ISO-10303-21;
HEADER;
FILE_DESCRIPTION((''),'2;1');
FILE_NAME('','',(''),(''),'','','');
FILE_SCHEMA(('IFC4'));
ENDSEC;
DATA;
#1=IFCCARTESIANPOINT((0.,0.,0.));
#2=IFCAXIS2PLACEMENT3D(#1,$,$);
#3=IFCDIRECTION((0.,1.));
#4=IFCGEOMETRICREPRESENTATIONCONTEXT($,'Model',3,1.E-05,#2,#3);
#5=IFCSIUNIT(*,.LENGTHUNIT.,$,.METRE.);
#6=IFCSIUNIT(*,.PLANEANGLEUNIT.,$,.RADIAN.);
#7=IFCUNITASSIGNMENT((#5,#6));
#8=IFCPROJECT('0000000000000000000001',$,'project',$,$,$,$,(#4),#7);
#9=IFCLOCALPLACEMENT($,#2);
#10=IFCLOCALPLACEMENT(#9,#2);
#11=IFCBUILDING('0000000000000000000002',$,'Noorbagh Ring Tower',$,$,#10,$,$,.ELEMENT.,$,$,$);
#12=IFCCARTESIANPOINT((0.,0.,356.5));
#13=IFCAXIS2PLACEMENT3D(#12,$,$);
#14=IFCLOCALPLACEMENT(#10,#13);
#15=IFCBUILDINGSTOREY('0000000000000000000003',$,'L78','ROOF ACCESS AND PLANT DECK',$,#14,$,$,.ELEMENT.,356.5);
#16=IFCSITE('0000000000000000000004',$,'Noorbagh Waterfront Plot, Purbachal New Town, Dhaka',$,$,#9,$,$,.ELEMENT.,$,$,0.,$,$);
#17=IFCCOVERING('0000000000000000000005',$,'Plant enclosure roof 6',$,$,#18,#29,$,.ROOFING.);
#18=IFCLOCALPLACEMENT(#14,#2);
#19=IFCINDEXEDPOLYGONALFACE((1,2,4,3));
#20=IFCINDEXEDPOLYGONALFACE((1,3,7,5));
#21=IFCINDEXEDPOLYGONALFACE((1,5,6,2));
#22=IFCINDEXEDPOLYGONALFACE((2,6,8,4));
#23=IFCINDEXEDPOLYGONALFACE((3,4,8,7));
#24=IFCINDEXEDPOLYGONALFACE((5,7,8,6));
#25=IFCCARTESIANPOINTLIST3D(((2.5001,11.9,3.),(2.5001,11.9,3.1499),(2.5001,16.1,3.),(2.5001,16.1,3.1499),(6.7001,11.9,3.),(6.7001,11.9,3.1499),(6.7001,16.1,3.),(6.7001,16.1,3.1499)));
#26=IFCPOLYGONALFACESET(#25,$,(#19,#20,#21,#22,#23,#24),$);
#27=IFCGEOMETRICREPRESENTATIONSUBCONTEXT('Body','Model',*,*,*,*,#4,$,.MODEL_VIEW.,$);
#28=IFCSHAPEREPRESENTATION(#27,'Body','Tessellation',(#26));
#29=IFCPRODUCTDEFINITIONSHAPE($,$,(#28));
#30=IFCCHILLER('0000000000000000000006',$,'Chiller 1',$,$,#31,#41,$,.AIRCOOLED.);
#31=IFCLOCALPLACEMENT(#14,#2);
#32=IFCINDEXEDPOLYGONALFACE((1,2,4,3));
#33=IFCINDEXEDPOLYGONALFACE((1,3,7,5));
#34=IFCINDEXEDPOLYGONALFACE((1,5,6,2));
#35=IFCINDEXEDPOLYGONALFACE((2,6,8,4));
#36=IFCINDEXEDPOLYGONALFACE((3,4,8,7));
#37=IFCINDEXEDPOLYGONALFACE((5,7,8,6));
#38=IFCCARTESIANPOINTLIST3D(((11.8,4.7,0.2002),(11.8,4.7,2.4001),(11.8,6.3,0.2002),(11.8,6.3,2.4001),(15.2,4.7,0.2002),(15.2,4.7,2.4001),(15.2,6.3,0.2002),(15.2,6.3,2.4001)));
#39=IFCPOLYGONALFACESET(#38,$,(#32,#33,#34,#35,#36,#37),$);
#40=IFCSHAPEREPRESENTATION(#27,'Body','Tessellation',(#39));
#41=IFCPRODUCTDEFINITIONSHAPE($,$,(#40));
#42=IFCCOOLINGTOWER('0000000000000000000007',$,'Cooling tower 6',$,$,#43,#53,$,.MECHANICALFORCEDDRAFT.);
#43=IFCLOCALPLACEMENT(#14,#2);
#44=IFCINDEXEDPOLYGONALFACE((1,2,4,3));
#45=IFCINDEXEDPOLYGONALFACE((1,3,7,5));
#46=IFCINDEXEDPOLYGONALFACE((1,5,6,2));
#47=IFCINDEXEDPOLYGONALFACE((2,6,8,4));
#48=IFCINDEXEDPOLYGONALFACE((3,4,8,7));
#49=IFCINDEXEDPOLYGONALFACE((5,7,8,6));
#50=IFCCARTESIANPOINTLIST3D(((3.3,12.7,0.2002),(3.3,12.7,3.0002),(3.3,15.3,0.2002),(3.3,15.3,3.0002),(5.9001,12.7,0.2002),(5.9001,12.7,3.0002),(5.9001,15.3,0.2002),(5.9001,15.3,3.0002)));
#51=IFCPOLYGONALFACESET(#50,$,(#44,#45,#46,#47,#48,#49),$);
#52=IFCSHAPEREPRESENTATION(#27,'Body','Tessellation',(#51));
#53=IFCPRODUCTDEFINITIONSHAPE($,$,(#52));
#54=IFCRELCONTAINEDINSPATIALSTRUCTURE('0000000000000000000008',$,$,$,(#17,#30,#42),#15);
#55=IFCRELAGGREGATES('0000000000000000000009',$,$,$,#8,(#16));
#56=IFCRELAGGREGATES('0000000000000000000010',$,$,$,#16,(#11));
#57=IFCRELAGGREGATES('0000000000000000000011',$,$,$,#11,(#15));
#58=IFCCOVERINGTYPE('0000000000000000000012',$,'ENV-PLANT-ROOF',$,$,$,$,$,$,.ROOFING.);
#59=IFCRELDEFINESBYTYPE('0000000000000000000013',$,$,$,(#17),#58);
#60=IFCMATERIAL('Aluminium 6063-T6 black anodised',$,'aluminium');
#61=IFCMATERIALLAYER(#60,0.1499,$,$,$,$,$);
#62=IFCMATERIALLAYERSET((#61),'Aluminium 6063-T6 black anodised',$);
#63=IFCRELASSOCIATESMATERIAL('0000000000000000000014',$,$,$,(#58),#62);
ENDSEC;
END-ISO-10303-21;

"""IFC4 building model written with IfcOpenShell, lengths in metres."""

from ifc_helpers import new_model, si_unit, direction, frame, origin, origin_2d, place, context, subcontext, project, spatial, rectangle, extrude, material, layer, layer_set, type_object, element, save


model = new_model("IFC4")

# Units and contexts
model_context = context("Model", 3, precision=1e-05, world=origin(), true_north=direction((0.0, 1.0)))
body_context = subcontext(model_context, "Body", "Model", "MODEL_VIEW")
ifc_project = project(units=[si_unit("LENGTHUNIT", "METRE"), si_unit("PLANEANGLEUNIT", "RADIAN")], contexts=[model_context])

# Site, building, storey
site_placement = place(None, origin())
site = spatial("IfcSite", under=ifc_project, at=site_placement, Name="Noorbagh Waterfront Plot, Purbachal New Town, Dhaka", CompositionType="ELEMENT", RefElevation=0.0)
building_placement = place(site_placement, origin())
building = spatial("IfcBuilding", under=site, at=building_placement, Name="Noorbagh Ring Tower", CompositionType="ELEMENT")
storey_placement = place(building_placement, frame((0.0, 0.0, 356.5)))
storey = spatial("IfcBuildingStorey", under=building, at=storey_placement, Name="L78", Description="ROOF ACCESS AND PLANT DECK", CompositionType="ELEMENT", Elevation=356.5)

# Covering
ifc_material_1 = material(Name="Aluminium 6063-T6 black anodised", Category="aluminium")
ifc_layer_1 = layer(ifc_material_1, 0.1499)
ifc_layer_set_1 = layer_set([ifc_layer_1], Name="Aluminium 6063-T6 black anodised")
covering_type_1 = type_object("IfcCoveringType", Name="ENV-PLANT-ROOF", PredefinedType="ROOFING", material=ifc_layer_set_1)
covering_1_placement = place(storey_placement, frame((4.6001, 14.0, 3.0), z_axis=(0.0, 0.0, 1.0), x_axis=(1.0, 0.0, 0.0)))
element("IfcCovering", 1, at=covering_1_placement, inside=storey, type_object=covering_type_1, Name="Plant enclosure roof 6", PredefinedType="ROOFING", context=body_context, shape_type="SweptSolid", body=[
    extrude(rectangle(XDim=4.2, YDim=4.2, at=origin_2d()), origin(), (0.0, 0.0, 1.0), 0.1499),
])

# Chiller
chiller_placement = place(storey_placement, frame((13.5, 5.5, 0.2002), z_axis=(0.0, 0.0, 1.0), x_axis=(1.0, 0.0, 0.0)))
element("IfcChiller", 2, at=chiller_placement, inside=storey, Name="Chiller 1", PredefinedType="AIRCOOLED", context=body_context, shape_type="SweptSolid", body=[
    extrude(rectangle(XDim=3.3999, YDim=1.6001, at=origin_2d()), origin(), (0.0, 0.0, 1.0), 2.2),
])

# Cooling tower
cooling_tower_placement = place(storey_placement, frame((4.6001, 14.0, 0.2002), z_axis=(0.0, 0.0, 1.0), x_axis=(1.0, 0.0, 0.0)))
element("IfcCoolingTower", 3, at=cooling_tower_placement, inside=storey, Name="Cooling tower 6", PredefinedType="MECHANICALFORCEDDRAFT", context=body_context, shape_type="SweptSolid", body=[
    extrude(rectangle(XDim=2.6001, YDim=2.6001, at=origin_2d()), origin(), (0.0, 0.0, 1.0), 2.8),
])

save(model, "model.ifc")
